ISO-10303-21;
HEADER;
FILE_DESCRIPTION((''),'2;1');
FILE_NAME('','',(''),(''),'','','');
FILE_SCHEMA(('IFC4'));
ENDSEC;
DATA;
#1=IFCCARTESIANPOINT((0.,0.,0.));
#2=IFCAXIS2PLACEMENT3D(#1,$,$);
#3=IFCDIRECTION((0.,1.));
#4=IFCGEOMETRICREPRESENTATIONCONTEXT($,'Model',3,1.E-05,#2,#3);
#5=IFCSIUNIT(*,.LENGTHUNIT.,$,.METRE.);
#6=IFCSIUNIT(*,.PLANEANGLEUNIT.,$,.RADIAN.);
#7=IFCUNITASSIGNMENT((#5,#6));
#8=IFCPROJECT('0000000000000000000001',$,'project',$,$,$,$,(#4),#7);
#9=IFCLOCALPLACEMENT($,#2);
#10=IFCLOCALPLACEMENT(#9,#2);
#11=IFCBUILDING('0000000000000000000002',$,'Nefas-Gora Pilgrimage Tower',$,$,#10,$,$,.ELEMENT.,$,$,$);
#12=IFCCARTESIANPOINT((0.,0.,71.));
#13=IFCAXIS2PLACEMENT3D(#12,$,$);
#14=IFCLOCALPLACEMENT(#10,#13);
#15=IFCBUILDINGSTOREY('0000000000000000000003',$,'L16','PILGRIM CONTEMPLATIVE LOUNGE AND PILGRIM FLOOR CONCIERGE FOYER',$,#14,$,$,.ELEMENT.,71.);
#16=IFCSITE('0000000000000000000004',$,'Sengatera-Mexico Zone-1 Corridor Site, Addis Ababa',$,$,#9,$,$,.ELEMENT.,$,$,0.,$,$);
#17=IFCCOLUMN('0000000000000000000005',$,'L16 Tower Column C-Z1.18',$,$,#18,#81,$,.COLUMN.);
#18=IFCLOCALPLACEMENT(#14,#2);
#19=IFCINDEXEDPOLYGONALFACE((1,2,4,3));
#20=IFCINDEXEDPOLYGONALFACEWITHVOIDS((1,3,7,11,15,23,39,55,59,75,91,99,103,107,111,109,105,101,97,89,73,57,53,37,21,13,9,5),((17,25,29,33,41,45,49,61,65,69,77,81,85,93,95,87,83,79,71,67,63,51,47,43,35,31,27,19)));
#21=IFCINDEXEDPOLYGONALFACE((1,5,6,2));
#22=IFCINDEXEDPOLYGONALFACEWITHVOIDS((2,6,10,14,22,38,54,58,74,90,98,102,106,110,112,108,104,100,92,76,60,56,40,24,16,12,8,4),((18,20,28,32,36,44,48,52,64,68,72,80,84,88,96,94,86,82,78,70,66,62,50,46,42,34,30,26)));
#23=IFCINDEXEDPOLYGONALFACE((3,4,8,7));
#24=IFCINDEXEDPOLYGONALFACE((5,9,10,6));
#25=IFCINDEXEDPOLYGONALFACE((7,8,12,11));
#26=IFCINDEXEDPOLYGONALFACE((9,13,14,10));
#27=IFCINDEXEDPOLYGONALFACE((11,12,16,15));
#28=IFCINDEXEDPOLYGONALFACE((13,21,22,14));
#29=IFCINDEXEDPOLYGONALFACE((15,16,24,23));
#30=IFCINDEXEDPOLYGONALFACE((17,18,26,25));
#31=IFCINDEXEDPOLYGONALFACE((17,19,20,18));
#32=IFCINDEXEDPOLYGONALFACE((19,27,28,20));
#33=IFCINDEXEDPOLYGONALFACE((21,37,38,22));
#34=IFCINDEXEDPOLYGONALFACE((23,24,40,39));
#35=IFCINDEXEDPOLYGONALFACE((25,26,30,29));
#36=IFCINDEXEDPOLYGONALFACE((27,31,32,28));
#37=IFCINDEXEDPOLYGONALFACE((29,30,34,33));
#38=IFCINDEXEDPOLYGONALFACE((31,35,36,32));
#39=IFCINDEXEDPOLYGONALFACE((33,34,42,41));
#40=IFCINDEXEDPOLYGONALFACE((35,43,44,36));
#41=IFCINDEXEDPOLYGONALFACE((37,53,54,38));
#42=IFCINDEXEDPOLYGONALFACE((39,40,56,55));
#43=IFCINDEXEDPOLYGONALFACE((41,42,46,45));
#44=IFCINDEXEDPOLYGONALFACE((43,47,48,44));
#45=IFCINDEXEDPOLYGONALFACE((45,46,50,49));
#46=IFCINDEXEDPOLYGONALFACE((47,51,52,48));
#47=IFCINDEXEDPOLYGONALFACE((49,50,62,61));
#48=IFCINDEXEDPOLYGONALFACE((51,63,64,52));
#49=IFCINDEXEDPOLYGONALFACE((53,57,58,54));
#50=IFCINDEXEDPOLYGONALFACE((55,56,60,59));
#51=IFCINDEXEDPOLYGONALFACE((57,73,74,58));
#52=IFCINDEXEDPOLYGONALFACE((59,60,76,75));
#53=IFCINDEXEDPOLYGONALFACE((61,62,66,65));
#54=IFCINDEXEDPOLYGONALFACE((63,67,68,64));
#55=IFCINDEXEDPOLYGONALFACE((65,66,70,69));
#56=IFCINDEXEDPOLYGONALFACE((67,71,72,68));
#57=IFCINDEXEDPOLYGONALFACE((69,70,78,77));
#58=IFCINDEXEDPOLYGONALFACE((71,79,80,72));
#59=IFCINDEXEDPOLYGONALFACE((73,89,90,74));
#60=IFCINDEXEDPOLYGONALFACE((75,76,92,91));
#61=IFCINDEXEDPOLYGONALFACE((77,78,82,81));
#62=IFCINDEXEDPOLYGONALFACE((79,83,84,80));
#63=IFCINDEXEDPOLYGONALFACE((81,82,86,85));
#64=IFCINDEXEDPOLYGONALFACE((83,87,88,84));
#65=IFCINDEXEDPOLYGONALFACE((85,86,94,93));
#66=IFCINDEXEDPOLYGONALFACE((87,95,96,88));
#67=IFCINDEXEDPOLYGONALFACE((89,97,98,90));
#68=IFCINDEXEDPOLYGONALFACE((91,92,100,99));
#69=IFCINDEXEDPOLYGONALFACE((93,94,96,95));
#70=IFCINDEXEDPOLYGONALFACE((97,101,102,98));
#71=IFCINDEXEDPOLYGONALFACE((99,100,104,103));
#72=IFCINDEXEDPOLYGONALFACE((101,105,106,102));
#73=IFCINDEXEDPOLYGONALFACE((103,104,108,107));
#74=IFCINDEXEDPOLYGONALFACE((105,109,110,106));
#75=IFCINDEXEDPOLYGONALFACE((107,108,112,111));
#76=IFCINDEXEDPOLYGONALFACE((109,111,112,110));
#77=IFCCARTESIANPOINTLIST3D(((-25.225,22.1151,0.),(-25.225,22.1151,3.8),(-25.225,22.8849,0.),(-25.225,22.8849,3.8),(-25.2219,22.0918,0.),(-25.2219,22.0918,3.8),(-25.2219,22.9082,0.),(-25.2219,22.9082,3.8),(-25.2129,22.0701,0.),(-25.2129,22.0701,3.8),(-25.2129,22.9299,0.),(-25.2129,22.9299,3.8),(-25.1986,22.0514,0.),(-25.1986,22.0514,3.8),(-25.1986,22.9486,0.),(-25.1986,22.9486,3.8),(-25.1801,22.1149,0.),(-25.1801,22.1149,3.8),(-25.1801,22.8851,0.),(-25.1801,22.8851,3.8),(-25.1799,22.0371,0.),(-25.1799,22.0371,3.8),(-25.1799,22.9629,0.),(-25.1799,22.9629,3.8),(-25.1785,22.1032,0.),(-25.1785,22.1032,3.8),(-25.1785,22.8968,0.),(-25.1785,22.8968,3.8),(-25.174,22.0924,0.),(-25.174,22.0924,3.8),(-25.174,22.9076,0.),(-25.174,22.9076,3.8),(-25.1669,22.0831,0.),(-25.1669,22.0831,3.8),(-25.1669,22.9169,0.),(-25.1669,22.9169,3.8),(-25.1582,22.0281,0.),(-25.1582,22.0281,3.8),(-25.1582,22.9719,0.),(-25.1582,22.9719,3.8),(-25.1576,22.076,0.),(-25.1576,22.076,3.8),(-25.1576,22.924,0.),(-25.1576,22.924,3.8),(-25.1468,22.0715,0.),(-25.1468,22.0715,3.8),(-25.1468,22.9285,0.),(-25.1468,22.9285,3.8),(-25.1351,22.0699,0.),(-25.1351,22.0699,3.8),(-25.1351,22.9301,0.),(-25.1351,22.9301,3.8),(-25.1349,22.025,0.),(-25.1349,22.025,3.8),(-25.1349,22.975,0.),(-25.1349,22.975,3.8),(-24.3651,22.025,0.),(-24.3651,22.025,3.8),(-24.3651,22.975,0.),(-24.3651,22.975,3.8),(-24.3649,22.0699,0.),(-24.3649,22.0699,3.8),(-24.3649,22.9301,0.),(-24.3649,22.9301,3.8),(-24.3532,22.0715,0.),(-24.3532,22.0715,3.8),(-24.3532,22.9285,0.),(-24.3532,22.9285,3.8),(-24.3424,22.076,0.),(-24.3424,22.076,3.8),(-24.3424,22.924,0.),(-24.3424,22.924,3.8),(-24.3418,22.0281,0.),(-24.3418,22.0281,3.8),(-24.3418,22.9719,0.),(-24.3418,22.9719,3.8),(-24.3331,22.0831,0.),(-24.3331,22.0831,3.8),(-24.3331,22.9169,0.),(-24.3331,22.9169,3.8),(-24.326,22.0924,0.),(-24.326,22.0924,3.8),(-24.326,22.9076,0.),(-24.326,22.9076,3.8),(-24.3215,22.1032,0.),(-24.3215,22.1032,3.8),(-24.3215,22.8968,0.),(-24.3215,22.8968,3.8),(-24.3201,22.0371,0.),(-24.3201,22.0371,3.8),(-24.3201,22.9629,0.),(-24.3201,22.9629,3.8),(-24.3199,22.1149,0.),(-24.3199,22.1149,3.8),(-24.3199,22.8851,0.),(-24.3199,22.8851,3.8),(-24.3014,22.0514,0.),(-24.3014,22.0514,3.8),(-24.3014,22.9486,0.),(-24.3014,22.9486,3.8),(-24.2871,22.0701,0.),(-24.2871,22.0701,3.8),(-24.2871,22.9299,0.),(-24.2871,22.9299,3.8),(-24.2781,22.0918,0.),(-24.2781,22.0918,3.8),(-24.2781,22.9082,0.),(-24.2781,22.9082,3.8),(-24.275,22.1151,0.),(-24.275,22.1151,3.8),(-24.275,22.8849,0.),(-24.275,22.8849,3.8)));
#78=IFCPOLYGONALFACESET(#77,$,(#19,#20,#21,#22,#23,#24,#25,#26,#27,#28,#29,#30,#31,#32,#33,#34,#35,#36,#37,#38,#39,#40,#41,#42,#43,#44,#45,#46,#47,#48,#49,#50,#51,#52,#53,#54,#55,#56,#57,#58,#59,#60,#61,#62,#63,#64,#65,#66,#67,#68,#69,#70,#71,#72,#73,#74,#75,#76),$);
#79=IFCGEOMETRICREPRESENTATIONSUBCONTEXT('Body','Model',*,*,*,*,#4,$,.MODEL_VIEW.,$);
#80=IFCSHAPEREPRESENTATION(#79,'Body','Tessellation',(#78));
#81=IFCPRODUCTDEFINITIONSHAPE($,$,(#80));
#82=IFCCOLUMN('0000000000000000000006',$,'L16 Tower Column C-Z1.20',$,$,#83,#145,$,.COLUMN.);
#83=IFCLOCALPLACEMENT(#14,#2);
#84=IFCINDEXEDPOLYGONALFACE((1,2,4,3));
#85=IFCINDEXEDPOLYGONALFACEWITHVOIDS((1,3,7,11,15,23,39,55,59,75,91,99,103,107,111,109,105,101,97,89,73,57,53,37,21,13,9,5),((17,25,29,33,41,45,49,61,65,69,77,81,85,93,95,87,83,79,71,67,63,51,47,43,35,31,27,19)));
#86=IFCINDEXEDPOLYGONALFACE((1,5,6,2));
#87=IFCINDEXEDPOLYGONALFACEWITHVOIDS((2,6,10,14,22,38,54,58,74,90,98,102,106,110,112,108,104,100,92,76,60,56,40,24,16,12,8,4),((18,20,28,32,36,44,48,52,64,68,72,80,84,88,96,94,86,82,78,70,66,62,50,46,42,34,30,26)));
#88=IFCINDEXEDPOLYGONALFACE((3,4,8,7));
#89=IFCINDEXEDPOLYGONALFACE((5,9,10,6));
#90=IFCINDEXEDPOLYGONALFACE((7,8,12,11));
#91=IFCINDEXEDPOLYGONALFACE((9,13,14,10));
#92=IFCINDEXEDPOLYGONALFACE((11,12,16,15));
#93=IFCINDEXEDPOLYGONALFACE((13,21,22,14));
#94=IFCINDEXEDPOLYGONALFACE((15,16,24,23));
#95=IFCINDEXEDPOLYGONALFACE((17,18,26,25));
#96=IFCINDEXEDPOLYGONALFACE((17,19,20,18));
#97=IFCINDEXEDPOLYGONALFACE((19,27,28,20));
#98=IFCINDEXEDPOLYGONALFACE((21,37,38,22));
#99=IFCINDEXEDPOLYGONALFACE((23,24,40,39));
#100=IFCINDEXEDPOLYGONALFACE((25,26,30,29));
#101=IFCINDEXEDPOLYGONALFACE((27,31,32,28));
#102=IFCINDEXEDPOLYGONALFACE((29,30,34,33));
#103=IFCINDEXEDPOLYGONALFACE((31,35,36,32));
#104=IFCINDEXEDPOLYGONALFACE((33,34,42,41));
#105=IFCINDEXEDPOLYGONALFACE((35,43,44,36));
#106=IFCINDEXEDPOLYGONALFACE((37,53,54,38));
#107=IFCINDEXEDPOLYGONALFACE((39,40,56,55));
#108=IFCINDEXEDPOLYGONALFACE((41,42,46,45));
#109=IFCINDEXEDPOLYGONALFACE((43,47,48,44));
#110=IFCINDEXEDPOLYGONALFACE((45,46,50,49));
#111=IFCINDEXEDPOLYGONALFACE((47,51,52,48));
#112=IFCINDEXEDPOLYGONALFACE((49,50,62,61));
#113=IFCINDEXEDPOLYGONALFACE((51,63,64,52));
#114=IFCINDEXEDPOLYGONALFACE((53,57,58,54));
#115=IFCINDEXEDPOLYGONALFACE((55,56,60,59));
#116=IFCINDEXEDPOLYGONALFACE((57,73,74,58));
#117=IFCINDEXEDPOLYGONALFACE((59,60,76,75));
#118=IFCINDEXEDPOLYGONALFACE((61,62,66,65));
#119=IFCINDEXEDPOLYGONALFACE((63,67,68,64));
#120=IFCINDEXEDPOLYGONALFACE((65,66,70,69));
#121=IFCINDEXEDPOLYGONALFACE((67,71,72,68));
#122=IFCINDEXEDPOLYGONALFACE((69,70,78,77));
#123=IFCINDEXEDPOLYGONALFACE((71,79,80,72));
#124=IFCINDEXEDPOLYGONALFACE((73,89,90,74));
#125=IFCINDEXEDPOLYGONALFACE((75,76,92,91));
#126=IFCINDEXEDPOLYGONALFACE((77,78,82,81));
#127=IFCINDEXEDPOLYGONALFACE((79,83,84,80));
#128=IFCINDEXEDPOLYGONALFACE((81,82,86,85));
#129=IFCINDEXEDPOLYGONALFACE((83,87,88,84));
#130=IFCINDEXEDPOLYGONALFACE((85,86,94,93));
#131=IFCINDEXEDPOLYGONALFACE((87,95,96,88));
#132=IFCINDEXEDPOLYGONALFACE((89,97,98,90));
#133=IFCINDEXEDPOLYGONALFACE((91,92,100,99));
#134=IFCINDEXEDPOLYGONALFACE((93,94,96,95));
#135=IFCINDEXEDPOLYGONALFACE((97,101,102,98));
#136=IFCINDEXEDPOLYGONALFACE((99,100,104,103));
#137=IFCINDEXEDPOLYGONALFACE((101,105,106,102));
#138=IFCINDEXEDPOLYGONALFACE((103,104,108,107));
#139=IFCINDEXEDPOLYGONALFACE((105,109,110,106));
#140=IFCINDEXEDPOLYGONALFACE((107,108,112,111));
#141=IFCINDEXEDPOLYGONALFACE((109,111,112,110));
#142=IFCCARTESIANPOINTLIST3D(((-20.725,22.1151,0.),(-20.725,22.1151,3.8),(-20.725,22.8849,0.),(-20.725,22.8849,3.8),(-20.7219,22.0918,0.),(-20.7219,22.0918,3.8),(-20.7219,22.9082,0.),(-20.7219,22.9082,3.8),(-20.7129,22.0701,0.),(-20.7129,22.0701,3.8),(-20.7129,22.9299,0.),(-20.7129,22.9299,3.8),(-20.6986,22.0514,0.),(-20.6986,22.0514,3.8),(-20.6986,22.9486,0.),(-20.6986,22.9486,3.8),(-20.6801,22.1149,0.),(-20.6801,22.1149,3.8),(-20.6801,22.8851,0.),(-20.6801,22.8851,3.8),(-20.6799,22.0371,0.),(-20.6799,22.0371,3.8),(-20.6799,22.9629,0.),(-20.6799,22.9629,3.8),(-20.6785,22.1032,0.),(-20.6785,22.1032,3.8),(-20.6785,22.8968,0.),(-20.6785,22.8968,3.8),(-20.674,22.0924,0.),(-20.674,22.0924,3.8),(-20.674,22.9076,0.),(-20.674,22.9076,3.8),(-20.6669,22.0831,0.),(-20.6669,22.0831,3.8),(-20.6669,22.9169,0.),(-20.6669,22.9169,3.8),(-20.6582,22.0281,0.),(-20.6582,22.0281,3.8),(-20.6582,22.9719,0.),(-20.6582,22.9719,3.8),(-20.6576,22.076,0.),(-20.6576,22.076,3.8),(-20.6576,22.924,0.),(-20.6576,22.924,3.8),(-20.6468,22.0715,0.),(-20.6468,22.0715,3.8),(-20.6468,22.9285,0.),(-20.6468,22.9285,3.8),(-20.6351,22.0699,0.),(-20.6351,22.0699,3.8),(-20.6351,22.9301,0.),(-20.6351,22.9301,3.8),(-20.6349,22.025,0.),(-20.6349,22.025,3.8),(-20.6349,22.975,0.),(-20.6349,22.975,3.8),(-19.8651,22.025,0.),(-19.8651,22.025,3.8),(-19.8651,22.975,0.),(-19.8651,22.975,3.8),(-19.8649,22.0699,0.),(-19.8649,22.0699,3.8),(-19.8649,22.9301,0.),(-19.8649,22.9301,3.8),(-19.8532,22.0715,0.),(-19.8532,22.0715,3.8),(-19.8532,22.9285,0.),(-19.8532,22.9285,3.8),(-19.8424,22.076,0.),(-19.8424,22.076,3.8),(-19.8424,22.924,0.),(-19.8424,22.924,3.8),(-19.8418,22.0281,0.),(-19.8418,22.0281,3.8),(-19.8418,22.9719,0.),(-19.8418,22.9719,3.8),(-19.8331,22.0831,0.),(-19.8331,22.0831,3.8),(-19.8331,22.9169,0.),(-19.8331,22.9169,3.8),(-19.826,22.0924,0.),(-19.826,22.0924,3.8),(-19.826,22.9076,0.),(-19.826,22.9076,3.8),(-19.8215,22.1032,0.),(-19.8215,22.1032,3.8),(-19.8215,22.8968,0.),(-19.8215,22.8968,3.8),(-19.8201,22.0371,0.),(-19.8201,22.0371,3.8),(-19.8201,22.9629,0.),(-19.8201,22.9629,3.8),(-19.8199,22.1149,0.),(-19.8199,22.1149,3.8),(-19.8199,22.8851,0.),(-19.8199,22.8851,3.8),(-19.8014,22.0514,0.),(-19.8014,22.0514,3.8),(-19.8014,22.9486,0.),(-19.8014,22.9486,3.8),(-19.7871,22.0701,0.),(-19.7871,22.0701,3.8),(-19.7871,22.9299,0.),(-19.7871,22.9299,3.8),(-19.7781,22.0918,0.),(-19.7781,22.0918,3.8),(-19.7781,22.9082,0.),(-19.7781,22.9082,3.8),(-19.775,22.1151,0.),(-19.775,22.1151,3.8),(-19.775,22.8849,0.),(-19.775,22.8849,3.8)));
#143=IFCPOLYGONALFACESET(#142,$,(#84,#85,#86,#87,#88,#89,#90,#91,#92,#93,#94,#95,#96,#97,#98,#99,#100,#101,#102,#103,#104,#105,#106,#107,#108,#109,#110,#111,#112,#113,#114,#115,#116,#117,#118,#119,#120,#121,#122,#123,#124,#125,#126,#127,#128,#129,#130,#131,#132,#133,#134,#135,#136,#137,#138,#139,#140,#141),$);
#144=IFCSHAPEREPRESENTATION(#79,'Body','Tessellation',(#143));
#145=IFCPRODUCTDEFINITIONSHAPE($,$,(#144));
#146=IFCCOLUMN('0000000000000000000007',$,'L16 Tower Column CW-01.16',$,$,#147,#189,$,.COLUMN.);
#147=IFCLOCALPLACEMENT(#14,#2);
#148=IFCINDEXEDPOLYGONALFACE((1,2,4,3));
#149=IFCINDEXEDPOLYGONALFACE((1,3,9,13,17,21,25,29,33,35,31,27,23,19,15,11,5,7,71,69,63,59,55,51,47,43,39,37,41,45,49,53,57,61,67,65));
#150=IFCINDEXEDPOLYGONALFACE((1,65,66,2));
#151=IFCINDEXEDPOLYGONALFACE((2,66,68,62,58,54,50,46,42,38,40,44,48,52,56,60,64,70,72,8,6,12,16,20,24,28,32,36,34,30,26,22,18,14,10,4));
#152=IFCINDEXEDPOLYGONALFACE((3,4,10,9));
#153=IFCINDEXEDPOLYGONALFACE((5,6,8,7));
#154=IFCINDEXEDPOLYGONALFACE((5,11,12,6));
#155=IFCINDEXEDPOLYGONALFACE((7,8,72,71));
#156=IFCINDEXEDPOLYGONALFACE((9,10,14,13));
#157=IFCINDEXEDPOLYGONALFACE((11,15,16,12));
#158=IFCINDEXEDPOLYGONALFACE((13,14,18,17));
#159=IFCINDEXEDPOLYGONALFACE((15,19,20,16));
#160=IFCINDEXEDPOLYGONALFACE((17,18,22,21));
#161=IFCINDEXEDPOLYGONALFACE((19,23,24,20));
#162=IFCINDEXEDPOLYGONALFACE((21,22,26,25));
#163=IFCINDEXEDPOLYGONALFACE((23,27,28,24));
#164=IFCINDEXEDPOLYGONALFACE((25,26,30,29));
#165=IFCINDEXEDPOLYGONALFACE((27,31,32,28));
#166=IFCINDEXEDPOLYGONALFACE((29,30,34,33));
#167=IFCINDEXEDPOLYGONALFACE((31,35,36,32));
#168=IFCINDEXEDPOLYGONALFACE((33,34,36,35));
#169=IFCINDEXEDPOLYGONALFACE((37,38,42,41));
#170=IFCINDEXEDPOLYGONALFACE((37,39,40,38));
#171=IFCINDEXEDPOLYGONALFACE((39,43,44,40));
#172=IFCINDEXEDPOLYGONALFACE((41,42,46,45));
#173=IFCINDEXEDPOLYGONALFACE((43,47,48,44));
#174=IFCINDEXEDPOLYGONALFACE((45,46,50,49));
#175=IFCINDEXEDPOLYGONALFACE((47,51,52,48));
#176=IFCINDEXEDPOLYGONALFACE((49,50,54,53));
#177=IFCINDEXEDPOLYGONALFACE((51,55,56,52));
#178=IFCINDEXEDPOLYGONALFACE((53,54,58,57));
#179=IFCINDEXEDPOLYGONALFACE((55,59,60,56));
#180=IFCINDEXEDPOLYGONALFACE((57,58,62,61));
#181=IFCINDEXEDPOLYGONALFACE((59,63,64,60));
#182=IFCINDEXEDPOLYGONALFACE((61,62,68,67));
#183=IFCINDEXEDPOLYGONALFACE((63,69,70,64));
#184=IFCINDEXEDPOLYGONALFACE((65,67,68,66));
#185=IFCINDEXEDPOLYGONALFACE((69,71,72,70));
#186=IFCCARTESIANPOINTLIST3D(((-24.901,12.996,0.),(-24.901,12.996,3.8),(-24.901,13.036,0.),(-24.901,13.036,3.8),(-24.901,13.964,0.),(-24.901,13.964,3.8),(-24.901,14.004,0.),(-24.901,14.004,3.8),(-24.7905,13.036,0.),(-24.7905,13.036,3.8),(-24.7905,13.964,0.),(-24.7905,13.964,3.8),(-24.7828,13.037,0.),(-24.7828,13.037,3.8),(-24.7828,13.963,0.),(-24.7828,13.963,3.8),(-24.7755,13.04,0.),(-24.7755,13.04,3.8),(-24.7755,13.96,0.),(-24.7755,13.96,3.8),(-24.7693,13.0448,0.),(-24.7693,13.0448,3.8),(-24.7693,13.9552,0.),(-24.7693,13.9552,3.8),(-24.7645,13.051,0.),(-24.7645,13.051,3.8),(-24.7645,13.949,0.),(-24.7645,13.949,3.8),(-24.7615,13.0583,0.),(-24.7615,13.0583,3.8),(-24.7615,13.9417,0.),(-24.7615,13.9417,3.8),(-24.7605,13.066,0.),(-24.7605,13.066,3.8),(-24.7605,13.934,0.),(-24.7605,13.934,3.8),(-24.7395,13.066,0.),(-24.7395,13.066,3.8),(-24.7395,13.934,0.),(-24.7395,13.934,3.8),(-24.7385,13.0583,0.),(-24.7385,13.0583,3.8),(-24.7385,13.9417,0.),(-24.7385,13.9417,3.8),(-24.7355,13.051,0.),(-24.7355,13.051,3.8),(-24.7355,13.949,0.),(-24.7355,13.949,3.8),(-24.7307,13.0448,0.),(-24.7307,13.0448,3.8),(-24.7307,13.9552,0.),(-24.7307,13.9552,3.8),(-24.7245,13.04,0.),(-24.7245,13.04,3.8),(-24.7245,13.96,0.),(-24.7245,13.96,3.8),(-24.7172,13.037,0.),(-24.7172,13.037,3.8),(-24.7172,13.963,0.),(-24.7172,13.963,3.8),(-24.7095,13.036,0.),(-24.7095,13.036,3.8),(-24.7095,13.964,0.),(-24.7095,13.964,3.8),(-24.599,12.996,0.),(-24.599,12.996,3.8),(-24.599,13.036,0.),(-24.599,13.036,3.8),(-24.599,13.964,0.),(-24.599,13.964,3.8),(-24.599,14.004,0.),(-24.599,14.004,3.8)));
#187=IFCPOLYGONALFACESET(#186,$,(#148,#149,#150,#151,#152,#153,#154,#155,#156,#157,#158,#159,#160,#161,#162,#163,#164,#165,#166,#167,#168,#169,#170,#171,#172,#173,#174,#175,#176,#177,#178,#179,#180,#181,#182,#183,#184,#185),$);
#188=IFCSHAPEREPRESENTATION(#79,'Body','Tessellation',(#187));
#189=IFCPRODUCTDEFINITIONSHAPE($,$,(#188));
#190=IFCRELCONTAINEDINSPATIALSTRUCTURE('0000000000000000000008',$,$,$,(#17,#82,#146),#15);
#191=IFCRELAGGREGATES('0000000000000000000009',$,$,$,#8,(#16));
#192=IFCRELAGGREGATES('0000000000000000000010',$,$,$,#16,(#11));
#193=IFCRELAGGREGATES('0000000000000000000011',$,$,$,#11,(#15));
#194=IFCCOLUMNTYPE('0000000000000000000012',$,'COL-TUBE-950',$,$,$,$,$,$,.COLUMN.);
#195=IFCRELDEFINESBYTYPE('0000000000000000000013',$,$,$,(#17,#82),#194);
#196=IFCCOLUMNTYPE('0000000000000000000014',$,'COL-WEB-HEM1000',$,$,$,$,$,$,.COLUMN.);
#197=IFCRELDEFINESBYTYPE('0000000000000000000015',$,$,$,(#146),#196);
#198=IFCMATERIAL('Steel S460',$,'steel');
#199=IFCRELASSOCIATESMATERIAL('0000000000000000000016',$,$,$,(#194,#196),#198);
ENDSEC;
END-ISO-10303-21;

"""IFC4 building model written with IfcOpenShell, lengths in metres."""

from ifc_helpers import new_model, si_unit, direction, frame, origin, origin_2d, place, context, subcontext, project, spatial, hollow_rectangle, i_section, extrude, source, transform, mapped, material, material_profile, profile_set, type_object, element, save


model = new_model("IFC4")

# Units and contexts
model_context = context("Model", 3, precision=1e-05, world=origin(), true_north=direction((0.0, 1.0)))
body_context = subcontext(model_context, "Body", "Model", "MODEL_VIEW")
ifc_project = project(units=[si_unit("LENGTHUNIT", "METRE"), si_unit("PLANEANGLEUNIT", "RADIAN")], contexts=[model_context])

# Site, building, storey
site_placement = place(None, origin())
site = spatial("IfcSite", under=ifc_project, at=site_placement, Name="Sengatera-Mexico Zone-1 Corridor Site, Addis Ababa", CompositionType="ELEMENT", RefElevation=0.0)
building_placement = place(site_placement, origin())
building = spatial("IfcBuilding", under=site, at=building_placement, Name="Nefas-Gora Pilgrimage Tower", CompositionType="ELEMENT")
storey_placement = place(building_placement, frame((0.0, 0.0, 71.0)))
storey = spatial("IfcBuildingStorey", under=building, at=storey_placement, Name="L16", Description="PILGRIM CONTEMPLATIVE LOUNGE AND PILGRIM FLOOR CONCIERGE FOYER", CompositionType="ELEMENT", Elevation=71.0)

# Columns
ifc_material_1 = material(Name="Steel S460", Category="steel")
ifc_material_profile_1 = material_profile(ifc_material_1, hollow_rectangle(XDim=0.95, YDim=0.95, WallThickness=0.0449, InnerFilletRadius=0.0449, OuterFilletRadius=0.0901, at=origin_2d()), Name="BOX 950x950x45")
ifc_profile_set_1 = profile_set([ifc_material_profile_1], Name="Steel S460")
column_type_1 = type_object("IfcColumnType", Name="COL-TUBE-950", PredefinedType="COLUMN", material=ifc_profile_set_1)
shared_shape_1 = source(origin(), body_context, "Body", "SweptSolid", [
    extrude(hollow_rectangle(XDim=0.95, YDim=0.95, WallThickness=0.0449, InnerFilletRadius=0.0449, OuterFilletRadius=0.0901, at=origin_2d()), origin(), (0.0, 0.0, 1.0), 3.8),
])
for number, where, z_axis, x_axis, name in (
    (1, (-24.75, 22.5, 0.0), (0.0, 0.0, 1.0), (1.0, 0.0, 0.0), "L16 Tower Column C-Z1.18"),
    (2, (-20.25, 22.5, 0.0), (0.0, 0.0, 1.0), (1.0, 0.0, 0.0), "L16 Tower Column C-Z1.20"),
):
    element("IfcColumn", number, at=place(storey_placement, frame(where, z_axis=z_axis, x_axis=x_axis)), inside=storey, type_object=column_type_1, Name=name, PredefinedType="COLUMN", context=body_context, shape_type="MappedRepresentation", body=[
        mapped(shared_shape_1, transform((0.0, 0.0, 0.0), x_axis=(1.0, 0.0, 0.0), y_axis=(0.0, 1.0, 0.0), z_axis=(0.0, 0.0, 1.0), scale=1.0)),
    ])
ifc_material_profile_2 = material_profile(ifc_material_1, i_section(OverallWidth=0.302, OverallDepth=1.0081, WebThickness=0.021, FlangeThickness=0.04, FilletRadius=0.03, at=origin_2d()), Name="HEM 1000")
ifc_profile_set_2 = profile_set([ifc_material_profile_2], Name="Steel S460")
column_type_2 = type_object("IfcColumnType", Name="COL-WEB-HEM1000", PredefinedType="COLUMN", material=ifc_profile_set_2)
shared_shape_2 = source(origin(), body_context, "Body", "SweptSolid", [
    extrude(i_section(OverallWidth=0.302, OverallDepth=1.0081, WebThickness=0.021, FlangeThickness=0.04, FilletRadius=0.03, at=origin_2d()), origin(), (0.0, 0.0, 1.0), 3.8),
])
for number, where, z_axis, x_axis, name in (
    (3, (-24.75, 13.5, 0.0), (0.0, 0.0, 1.0), (1.0, 0.0, 0.0), "L16 Tower Column CW-01.16"),
):
    element("IfcColumn", number, at=place(storey_placement, frame(where, z_axis=z_axis, x_axis=x_axis)), inside=storey, type_object=column_type_2, Name=name, PredefinedType="COLUMN", context=body_context, shape_type="MappedRepresentation", body=[
        mapped(shared_shape_2, transform((0.0, 0.0, 0.0), x_axis=(1.0, 0.0, 0.0), y_axis=(0.0, 1.0, 0.0), z_axis=(0.0, 0.0, 1.0), scale=1.0)),
    ])

save(model, "model.ifc")
